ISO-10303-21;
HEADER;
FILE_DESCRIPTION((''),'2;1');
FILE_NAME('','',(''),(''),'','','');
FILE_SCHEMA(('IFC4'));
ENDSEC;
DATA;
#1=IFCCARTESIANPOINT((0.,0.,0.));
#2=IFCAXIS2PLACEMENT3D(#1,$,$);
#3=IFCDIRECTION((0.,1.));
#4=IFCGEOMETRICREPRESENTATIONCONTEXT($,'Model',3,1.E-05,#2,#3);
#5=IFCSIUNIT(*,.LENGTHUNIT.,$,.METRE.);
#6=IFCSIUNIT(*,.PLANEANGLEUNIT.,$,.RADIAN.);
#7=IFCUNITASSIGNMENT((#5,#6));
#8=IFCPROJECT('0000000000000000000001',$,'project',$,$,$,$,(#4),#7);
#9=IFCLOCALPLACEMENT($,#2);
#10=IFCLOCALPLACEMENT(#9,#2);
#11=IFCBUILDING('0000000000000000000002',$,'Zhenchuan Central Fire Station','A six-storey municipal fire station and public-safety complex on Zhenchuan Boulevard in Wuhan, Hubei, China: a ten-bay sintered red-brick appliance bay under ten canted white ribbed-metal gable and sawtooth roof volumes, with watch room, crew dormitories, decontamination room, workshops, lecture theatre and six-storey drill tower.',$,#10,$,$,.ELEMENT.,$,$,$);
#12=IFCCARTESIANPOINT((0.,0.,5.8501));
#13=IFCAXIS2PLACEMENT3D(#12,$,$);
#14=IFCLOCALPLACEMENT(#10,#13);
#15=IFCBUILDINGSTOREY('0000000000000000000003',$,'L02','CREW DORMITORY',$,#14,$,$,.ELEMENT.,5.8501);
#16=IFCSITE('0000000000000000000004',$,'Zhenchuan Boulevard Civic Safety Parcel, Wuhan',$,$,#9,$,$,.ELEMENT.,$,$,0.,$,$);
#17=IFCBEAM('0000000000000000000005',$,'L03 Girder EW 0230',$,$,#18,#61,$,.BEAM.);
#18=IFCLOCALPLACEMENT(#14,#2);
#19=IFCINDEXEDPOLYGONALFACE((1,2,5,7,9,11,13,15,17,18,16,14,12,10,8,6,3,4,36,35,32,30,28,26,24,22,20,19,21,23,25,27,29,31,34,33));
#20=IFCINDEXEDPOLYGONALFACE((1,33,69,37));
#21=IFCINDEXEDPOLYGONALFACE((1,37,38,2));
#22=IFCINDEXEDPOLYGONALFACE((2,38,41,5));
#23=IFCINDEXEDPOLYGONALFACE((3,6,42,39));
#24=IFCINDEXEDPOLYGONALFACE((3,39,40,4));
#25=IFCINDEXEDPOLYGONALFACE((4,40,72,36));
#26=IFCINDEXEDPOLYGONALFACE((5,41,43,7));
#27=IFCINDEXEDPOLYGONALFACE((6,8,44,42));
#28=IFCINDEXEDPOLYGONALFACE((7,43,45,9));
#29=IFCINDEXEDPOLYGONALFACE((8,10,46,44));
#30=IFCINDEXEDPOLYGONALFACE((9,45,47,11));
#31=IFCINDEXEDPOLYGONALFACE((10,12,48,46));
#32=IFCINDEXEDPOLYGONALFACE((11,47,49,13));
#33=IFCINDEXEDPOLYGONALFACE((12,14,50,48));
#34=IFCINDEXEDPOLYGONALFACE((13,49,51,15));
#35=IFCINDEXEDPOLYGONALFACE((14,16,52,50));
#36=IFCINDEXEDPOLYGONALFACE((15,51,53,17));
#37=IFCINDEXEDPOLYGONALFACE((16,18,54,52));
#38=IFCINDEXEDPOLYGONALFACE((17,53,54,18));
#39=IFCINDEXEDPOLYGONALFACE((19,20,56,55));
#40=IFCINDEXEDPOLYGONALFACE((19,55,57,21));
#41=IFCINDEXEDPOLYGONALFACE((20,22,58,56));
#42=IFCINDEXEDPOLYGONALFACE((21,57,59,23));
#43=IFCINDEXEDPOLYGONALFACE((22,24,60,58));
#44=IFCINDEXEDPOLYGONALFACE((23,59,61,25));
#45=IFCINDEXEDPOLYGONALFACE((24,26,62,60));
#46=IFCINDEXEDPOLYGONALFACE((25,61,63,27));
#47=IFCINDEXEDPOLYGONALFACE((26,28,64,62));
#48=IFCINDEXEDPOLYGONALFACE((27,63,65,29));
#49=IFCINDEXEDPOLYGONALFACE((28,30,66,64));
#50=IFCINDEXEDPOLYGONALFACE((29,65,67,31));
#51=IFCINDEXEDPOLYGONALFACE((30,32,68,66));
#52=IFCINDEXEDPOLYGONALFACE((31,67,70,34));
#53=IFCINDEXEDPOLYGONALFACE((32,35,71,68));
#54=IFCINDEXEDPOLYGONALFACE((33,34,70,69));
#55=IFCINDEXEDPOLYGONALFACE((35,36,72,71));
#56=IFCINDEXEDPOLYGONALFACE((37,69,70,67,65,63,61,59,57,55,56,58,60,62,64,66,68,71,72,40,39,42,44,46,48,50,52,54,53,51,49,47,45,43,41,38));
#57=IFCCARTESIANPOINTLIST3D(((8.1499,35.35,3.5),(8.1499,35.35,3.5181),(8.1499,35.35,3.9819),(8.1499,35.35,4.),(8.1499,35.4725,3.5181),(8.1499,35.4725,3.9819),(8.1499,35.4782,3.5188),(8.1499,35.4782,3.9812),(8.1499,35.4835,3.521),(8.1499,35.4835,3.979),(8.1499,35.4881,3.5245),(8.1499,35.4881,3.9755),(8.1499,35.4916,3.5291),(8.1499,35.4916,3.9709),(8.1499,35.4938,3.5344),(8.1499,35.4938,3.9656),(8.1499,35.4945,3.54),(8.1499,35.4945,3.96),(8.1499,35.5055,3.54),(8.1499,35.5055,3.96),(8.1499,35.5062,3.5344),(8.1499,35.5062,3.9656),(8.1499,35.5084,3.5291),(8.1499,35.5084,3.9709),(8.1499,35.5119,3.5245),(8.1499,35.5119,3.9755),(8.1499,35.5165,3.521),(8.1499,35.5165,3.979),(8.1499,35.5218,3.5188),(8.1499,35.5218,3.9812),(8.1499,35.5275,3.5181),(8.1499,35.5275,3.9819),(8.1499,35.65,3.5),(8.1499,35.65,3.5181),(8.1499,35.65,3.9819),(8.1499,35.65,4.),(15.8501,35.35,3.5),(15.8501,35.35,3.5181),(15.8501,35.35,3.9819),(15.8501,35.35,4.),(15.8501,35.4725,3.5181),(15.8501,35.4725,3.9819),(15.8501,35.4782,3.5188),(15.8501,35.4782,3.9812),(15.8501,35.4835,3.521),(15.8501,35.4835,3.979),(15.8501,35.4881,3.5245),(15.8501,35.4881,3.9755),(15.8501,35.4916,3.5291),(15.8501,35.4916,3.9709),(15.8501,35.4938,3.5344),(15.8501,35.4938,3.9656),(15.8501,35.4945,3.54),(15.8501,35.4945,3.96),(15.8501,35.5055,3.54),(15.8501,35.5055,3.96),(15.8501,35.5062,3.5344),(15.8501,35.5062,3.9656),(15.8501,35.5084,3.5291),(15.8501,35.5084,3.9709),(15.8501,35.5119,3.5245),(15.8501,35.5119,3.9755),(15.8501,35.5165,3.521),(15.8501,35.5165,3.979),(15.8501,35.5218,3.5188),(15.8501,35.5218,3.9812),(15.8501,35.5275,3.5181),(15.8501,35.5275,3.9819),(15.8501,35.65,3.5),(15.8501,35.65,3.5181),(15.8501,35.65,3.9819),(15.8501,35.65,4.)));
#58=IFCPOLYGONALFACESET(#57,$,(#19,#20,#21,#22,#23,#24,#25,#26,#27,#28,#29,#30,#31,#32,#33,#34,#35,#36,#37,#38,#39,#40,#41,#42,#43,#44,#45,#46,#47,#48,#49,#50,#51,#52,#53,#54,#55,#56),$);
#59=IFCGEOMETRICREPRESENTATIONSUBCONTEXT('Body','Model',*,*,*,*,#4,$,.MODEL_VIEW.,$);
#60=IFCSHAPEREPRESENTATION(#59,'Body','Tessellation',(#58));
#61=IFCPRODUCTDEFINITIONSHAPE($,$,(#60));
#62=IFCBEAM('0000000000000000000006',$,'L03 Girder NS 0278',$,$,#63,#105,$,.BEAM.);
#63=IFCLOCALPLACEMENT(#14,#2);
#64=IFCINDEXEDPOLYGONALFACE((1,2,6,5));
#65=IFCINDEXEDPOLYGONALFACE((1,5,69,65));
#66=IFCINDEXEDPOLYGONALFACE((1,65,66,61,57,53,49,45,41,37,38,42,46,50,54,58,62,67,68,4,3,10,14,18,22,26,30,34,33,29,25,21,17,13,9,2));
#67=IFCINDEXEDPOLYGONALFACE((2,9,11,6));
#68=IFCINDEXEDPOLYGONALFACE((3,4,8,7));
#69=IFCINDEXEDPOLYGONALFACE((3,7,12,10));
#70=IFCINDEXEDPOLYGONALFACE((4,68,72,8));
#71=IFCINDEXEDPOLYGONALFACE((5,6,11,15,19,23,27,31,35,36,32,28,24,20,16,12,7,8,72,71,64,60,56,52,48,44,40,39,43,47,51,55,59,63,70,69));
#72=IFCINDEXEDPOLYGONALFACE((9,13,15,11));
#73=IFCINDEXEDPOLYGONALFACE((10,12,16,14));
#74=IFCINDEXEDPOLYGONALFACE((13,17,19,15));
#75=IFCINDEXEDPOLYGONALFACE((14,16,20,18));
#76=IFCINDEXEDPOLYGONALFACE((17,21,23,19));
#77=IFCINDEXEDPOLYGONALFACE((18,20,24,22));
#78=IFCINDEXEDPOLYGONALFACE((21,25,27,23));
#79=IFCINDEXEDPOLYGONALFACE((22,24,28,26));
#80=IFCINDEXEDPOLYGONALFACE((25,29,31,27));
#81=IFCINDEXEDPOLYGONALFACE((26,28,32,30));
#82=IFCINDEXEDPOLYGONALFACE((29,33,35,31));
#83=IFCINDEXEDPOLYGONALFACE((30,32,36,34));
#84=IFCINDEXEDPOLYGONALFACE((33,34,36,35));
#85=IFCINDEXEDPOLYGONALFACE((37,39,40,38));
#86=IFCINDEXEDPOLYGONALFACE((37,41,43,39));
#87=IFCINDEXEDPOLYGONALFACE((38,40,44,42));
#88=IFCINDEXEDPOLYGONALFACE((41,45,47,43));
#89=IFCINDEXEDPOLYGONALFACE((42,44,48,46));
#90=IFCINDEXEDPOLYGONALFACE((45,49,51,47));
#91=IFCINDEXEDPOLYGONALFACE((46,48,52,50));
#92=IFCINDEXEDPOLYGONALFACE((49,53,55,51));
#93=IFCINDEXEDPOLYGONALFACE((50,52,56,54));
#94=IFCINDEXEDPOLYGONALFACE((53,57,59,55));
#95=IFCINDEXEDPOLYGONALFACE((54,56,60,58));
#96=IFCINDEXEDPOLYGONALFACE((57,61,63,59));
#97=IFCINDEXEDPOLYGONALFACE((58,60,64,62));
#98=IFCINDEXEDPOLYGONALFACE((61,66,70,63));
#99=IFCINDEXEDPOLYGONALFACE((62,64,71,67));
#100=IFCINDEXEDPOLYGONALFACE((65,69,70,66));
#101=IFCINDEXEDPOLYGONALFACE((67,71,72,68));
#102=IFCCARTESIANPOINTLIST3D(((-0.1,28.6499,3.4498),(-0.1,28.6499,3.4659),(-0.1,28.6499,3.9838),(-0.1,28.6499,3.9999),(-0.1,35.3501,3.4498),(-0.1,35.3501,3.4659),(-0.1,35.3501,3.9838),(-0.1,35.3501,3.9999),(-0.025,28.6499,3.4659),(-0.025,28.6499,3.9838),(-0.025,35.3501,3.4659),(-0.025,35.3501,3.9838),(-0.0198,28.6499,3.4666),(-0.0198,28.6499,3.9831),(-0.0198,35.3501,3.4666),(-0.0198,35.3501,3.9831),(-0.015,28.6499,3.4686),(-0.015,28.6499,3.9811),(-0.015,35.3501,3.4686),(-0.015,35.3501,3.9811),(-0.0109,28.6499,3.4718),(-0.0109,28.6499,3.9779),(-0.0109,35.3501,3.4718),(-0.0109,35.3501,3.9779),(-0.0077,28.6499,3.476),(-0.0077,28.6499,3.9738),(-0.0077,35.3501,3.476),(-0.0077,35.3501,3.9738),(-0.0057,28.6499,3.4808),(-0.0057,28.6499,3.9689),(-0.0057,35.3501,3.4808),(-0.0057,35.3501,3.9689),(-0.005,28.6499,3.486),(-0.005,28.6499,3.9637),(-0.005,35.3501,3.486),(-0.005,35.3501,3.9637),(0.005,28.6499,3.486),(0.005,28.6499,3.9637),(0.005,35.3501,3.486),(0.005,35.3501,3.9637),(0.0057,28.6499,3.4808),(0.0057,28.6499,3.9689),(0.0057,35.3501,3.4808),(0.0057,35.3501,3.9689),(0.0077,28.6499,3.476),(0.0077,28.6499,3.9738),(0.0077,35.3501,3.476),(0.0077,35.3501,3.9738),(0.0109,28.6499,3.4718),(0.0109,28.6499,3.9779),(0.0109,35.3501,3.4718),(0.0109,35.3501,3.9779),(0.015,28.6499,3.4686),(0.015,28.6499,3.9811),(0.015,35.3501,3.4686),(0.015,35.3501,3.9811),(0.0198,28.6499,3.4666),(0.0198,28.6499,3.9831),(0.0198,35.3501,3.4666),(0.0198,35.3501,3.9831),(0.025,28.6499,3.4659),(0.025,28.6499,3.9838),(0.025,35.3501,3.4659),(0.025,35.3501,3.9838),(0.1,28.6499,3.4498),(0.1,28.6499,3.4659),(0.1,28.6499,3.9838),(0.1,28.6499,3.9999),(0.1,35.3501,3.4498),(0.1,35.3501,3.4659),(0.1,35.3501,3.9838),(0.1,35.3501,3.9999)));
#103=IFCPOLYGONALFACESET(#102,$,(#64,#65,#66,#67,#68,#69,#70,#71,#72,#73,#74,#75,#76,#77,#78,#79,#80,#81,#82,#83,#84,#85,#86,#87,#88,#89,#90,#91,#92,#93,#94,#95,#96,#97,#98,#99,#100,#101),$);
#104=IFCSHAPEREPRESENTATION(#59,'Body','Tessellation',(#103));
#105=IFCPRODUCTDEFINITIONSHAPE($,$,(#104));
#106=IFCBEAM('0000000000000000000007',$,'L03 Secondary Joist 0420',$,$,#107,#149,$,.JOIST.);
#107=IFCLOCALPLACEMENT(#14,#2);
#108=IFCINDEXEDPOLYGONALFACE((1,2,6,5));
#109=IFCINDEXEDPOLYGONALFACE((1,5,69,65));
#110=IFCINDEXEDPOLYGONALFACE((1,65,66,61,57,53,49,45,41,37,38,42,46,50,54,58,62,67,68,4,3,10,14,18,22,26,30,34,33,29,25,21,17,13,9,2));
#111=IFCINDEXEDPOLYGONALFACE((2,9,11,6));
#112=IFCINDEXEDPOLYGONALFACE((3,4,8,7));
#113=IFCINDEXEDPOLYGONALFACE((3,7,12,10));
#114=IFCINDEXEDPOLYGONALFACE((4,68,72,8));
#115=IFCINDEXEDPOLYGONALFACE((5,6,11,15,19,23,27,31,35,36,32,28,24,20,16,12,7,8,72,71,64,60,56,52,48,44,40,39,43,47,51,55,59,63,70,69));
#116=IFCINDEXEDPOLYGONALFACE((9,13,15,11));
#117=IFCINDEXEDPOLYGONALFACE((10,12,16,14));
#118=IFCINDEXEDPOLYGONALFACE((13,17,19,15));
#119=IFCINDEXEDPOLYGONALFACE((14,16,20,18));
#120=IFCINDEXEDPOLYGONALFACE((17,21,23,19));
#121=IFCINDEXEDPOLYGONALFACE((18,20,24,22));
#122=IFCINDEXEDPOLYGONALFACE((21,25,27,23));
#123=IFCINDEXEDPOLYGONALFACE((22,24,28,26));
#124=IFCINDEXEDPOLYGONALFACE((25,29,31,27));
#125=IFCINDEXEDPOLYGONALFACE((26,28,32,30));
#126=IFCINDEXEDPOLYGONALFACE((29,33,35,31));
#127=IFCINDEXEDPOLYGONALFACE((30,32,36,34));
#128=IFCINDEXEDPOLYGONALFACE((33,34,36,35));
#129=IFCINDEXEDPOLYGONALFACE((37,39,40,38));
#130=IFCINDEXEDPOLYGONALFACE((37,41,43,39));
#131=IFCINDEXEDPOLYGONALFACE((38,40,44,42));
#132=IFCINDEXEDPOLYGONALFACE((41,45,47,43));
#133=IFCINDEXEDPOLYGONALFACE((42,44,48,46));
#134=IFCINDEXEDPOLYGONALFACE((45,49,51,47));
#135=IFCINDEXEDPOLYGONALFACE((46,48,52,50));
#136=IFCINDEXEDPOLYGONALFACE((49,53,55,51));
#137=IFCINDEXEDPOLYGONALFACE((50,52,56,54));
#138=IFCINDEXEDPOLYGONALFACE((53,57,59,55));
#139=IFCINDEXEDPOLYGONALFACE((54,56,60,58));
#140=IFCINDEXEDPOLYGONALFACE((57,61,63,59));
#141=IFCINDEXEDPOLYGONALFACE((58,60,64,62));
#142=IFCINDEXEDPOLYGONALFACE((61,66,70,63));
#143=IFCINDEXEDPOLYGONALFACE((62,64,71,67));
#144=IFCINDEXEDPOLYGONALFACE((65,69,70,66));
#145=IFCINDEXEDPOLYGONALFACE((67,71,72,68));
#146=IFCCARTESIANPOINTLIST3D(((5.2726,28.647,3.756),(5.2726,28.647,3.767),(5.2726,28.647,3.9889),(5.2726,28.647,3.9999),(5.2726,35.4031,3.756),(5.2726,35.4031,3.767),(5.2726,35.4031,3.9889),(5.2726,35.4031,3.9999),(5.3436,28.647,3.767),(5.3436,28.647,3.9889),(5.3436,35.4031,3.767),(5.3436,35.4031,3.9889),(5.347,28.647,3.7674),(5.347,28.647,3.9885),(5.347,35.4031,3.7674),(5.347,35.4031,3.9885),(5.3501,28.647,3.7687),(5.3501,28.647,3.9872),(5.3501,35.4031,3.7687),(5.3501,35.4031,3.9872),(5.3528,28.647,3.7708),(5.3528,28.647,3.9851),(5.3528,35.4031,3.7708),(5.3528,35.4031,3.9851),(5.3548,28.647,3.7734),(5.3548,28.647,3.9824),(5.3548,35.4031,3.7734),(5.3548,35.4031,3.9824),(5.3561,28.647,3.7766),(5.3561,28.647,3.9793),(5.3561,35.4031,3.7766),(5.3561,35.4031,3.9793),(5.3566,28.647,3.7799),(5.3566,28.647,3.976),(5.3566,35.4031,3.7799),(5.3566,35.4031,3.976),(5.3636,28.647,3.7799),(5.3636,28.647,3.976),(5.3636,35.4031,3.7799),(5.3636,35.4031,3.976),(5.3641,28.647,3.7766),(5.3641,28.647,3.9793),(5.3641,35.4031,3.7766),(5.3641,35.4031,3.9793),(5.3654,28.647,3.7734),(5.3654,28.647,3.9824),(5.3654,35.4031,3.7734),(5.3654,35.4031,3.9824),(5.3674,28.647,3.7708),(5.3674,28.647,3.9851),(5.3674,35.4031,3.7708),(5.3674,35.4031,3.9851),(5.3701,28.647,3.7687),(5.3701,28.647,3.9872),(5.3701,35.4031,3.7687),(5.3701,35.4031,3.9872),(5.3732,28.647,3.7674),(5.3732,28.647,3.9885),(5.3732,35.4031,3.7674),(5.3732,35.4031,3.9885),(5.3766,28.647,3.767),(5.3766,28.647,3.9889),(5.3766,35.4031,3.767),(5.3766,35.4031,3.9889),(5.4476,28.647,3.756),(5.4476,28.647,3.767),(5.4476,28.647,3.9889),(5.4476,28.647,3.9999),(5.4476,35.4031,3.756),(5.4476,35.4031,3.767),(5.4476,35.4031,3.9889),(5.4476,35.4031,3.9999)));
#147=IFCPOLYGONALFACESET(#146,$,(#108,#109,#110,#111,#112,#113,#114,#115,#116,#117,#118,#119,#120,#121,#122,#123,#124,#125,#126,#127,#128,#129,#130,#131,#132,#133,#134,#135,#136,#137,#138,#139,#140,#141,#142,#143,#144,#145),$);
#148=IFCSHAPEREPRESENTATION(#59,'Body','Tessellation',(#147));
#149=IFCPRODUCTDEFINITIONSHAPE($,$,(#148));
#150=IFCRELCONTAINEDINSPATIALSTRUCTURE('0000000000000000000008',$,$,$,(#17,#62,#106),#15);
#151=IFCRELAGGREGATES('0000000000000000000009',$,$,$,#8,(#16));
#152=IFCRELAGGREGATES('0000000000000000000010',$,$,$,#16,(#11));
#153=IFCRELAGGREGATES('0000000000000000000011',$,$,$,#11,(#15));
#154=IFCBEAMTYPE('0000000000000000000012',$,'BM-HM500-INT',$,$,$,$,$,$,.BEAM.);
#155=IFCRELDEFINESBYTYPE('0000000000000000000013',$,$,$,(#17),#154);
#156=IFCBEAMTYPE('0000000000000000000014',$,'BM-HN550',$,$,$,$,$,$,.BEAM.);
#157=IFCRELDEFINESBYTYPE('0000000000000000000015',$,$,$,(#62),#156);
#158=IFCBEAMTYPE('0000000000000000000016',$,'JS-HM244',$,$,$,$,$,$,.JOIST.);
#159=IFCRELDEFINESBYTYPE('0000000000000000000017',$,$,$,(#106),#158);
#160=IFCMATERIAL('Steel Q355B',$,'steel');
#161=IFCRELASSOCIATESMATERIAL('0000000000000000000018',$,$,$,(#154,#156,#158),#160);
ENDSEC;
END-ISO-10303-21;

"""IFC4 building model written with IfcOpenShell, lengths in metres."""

from ifc_helpers import new_model, si_unit, direction, frame, origin, origin_2d, place, context, subcontext, project, spatial, i_section, extrude, material, material_profile, profile_set, type_object, element, save


model = new_model("IFC4")

# Units and contexts
model_context = context("Model", 3, precision=1e-05, world=origin(), true_north=direction((0.0, 1.0)))
body_context = subcontext(model_context, "Body", "Model", "MODEL_VIEW")
ifc_project = project(units=[si_unit("LENGTHUNIT", "METRE"), si_unit("PLANEANGLEUNIT", "RADIAN")], contexts=[model_context])

# Site, building, storey
site_placement = place(None, origin())
site = spatial("IfcSite", under=ifc_project, at=site_placement, Name="Zhenchuan Boulevard Civic Safety Parcel, Wuhan", CompositionType="ELEMENT", RefElevation=0.0)
building_placement = place(site_placement, origin())
building = spatial("IfcBuilding", under=site, at=building_placement, Name="Zhenchuan Central Fire Station", Description="A six-storey municipal fire station and public-safety complex on Zhenchuan Boulevard in Wuhan, Hubei, China: a ten-bay sintered red-brick appliance bay under ten canted white ribbed-metal gable and sawtooth roof volumes, with watch room, crew dormitories, decontamination room, workshops, lecture theatre and six-storey drill tower.", CompositionType="ELEMENT")
storey_placement = place(building_placement, frame((0.0, 0.0, 5.8501)))
storey = spatial("IfcBuildingStorey", under=building, at=storey_placement, Name="L02", Description="CREW DORMITORY", CompositionType="ELEMENT", Elevation=5.8501)

# Shared definitions
ifc_material_1 = material(Name="Steel Q355B", Category="steel")

# Beams
ifc_material_profile_1 = material_profile(ifc_material_1, i_section(OverallWidth=0.3, OverallDepth=0.5, WebThickness=0.011, FlangeThickness=0.0181, FilletRadius=0.022, at=origin_2d()), Name="HM 500x300")
ifc_profile_set_1 = profile_set([ifc_material_profile_1], Name="Steel Q355B")
beam_type_1 = type_object("IfcBeamType", Name="BM-HM500-INT", PredefinedType="BEAM", material=ifc_profile_set_1)
beam_1_placement = place(storey_placement, frame((8.1499, 35.5, 3.75), z_axis=(1.0, 0.0, 0.0), x_axis=(0.0, 1.0, 0.0)))
element("IfcBeam", 1, at=beam_1_placement, inside=storey, type_object=beam_type_1, Name="L03 Girder EW 0230", PredefinedType="BEAM", context=body_context, shape_type="SweptSolid", body=[
    extrude(i_section(OverallWidth=0.3, OverallDepth=0.5, WebThickness=0.011, FlangeThickness=0.0181, FilletRadius=0.022, at=origin_2d()), origin(), (0.0, 0.0, 1.0), 7.7002),
])
ifc_material_profile_2 = material_profile(ifc_material_1, i_section(OverallWidth=0.2, OverallDepth=0.55, WebThickness=0.01, FlangeThickness=0.0161, FilletRadius=0.02, at=origin_2d()), Name="HN 550x200")
ifc_profile_set_2 = profile_set([ifc_material_profile_2], Name="Steel Q355B")
beam_type_2 = type_object("IfcBeamType", Name="BM-HN550", PredefinedType="BEAM", material=ifc_profile_set_2)
beam_2_placement = place(storey_placement, frame((0.0, 28.6499, 3.7249), z_axis=(0.0, 1.0, 0.0), x_axis=(-1.0, 0.0, 0.0)))
element("IfcBeam", 2, at=beam_2_placement, inside=storey, type_object=beam_type_2, Name="L03 Girder NS 0278", PredefinedType="BEAM", context=body_context, shape_type="SweptSolid", body=[
    extrude(i_section(OverallWidth=0.2, OverallDepth=0.55, WebThickness=0.01, FlangeThickness=0.0161, FilletRadius=0.02, at=origin_2d()), origin(), (0.0, 0.0, 1.0), 6.7002),
])
ifc_material_profile_3 = material_profile(ifc_material_1, i_section(OverallWidth=0.175, OverallDepth=0.2439, WebThickness=0.0071, FlangeThickness=0.011, FilletRadius=0.0129, at=origin_2d()), Name="HM 244x175")
ifc_profile_set_3 = profile_set([ifc_material_profile_3], Name="Steel Q355B")
beam_type_3 = type_object("IfcBeamType", Name="JS-HM244", PredefinedType="JOIST", material=ifc_profile_set_3)
beam_3_placement = place(storey_placement, frame((5.3601, 28.647, 3.8779), z_axis=(0.0, 1.0, 0.0), x_axis=(-1.0, 0.0, 0.0)))
element("IfcBeam", 3, at=beam_3_placement, inside=storey, type_object=beam_type_3, Name="L03 Secondary Joist 0420", PredefinedType="JOIST", context=body_context, shape_type="SweptSolid", body=[
    extrude(i_section(OverallWidth=0.175, OverallDepth=0.2439, WebThickness=0.0071, FlangeThickness=0.011, FilletRadius=0.0129, at=origin_2d()), origin(), (0.0, 0.0, 1.0), 6.7561),
])

save(model, "model.ifc")
